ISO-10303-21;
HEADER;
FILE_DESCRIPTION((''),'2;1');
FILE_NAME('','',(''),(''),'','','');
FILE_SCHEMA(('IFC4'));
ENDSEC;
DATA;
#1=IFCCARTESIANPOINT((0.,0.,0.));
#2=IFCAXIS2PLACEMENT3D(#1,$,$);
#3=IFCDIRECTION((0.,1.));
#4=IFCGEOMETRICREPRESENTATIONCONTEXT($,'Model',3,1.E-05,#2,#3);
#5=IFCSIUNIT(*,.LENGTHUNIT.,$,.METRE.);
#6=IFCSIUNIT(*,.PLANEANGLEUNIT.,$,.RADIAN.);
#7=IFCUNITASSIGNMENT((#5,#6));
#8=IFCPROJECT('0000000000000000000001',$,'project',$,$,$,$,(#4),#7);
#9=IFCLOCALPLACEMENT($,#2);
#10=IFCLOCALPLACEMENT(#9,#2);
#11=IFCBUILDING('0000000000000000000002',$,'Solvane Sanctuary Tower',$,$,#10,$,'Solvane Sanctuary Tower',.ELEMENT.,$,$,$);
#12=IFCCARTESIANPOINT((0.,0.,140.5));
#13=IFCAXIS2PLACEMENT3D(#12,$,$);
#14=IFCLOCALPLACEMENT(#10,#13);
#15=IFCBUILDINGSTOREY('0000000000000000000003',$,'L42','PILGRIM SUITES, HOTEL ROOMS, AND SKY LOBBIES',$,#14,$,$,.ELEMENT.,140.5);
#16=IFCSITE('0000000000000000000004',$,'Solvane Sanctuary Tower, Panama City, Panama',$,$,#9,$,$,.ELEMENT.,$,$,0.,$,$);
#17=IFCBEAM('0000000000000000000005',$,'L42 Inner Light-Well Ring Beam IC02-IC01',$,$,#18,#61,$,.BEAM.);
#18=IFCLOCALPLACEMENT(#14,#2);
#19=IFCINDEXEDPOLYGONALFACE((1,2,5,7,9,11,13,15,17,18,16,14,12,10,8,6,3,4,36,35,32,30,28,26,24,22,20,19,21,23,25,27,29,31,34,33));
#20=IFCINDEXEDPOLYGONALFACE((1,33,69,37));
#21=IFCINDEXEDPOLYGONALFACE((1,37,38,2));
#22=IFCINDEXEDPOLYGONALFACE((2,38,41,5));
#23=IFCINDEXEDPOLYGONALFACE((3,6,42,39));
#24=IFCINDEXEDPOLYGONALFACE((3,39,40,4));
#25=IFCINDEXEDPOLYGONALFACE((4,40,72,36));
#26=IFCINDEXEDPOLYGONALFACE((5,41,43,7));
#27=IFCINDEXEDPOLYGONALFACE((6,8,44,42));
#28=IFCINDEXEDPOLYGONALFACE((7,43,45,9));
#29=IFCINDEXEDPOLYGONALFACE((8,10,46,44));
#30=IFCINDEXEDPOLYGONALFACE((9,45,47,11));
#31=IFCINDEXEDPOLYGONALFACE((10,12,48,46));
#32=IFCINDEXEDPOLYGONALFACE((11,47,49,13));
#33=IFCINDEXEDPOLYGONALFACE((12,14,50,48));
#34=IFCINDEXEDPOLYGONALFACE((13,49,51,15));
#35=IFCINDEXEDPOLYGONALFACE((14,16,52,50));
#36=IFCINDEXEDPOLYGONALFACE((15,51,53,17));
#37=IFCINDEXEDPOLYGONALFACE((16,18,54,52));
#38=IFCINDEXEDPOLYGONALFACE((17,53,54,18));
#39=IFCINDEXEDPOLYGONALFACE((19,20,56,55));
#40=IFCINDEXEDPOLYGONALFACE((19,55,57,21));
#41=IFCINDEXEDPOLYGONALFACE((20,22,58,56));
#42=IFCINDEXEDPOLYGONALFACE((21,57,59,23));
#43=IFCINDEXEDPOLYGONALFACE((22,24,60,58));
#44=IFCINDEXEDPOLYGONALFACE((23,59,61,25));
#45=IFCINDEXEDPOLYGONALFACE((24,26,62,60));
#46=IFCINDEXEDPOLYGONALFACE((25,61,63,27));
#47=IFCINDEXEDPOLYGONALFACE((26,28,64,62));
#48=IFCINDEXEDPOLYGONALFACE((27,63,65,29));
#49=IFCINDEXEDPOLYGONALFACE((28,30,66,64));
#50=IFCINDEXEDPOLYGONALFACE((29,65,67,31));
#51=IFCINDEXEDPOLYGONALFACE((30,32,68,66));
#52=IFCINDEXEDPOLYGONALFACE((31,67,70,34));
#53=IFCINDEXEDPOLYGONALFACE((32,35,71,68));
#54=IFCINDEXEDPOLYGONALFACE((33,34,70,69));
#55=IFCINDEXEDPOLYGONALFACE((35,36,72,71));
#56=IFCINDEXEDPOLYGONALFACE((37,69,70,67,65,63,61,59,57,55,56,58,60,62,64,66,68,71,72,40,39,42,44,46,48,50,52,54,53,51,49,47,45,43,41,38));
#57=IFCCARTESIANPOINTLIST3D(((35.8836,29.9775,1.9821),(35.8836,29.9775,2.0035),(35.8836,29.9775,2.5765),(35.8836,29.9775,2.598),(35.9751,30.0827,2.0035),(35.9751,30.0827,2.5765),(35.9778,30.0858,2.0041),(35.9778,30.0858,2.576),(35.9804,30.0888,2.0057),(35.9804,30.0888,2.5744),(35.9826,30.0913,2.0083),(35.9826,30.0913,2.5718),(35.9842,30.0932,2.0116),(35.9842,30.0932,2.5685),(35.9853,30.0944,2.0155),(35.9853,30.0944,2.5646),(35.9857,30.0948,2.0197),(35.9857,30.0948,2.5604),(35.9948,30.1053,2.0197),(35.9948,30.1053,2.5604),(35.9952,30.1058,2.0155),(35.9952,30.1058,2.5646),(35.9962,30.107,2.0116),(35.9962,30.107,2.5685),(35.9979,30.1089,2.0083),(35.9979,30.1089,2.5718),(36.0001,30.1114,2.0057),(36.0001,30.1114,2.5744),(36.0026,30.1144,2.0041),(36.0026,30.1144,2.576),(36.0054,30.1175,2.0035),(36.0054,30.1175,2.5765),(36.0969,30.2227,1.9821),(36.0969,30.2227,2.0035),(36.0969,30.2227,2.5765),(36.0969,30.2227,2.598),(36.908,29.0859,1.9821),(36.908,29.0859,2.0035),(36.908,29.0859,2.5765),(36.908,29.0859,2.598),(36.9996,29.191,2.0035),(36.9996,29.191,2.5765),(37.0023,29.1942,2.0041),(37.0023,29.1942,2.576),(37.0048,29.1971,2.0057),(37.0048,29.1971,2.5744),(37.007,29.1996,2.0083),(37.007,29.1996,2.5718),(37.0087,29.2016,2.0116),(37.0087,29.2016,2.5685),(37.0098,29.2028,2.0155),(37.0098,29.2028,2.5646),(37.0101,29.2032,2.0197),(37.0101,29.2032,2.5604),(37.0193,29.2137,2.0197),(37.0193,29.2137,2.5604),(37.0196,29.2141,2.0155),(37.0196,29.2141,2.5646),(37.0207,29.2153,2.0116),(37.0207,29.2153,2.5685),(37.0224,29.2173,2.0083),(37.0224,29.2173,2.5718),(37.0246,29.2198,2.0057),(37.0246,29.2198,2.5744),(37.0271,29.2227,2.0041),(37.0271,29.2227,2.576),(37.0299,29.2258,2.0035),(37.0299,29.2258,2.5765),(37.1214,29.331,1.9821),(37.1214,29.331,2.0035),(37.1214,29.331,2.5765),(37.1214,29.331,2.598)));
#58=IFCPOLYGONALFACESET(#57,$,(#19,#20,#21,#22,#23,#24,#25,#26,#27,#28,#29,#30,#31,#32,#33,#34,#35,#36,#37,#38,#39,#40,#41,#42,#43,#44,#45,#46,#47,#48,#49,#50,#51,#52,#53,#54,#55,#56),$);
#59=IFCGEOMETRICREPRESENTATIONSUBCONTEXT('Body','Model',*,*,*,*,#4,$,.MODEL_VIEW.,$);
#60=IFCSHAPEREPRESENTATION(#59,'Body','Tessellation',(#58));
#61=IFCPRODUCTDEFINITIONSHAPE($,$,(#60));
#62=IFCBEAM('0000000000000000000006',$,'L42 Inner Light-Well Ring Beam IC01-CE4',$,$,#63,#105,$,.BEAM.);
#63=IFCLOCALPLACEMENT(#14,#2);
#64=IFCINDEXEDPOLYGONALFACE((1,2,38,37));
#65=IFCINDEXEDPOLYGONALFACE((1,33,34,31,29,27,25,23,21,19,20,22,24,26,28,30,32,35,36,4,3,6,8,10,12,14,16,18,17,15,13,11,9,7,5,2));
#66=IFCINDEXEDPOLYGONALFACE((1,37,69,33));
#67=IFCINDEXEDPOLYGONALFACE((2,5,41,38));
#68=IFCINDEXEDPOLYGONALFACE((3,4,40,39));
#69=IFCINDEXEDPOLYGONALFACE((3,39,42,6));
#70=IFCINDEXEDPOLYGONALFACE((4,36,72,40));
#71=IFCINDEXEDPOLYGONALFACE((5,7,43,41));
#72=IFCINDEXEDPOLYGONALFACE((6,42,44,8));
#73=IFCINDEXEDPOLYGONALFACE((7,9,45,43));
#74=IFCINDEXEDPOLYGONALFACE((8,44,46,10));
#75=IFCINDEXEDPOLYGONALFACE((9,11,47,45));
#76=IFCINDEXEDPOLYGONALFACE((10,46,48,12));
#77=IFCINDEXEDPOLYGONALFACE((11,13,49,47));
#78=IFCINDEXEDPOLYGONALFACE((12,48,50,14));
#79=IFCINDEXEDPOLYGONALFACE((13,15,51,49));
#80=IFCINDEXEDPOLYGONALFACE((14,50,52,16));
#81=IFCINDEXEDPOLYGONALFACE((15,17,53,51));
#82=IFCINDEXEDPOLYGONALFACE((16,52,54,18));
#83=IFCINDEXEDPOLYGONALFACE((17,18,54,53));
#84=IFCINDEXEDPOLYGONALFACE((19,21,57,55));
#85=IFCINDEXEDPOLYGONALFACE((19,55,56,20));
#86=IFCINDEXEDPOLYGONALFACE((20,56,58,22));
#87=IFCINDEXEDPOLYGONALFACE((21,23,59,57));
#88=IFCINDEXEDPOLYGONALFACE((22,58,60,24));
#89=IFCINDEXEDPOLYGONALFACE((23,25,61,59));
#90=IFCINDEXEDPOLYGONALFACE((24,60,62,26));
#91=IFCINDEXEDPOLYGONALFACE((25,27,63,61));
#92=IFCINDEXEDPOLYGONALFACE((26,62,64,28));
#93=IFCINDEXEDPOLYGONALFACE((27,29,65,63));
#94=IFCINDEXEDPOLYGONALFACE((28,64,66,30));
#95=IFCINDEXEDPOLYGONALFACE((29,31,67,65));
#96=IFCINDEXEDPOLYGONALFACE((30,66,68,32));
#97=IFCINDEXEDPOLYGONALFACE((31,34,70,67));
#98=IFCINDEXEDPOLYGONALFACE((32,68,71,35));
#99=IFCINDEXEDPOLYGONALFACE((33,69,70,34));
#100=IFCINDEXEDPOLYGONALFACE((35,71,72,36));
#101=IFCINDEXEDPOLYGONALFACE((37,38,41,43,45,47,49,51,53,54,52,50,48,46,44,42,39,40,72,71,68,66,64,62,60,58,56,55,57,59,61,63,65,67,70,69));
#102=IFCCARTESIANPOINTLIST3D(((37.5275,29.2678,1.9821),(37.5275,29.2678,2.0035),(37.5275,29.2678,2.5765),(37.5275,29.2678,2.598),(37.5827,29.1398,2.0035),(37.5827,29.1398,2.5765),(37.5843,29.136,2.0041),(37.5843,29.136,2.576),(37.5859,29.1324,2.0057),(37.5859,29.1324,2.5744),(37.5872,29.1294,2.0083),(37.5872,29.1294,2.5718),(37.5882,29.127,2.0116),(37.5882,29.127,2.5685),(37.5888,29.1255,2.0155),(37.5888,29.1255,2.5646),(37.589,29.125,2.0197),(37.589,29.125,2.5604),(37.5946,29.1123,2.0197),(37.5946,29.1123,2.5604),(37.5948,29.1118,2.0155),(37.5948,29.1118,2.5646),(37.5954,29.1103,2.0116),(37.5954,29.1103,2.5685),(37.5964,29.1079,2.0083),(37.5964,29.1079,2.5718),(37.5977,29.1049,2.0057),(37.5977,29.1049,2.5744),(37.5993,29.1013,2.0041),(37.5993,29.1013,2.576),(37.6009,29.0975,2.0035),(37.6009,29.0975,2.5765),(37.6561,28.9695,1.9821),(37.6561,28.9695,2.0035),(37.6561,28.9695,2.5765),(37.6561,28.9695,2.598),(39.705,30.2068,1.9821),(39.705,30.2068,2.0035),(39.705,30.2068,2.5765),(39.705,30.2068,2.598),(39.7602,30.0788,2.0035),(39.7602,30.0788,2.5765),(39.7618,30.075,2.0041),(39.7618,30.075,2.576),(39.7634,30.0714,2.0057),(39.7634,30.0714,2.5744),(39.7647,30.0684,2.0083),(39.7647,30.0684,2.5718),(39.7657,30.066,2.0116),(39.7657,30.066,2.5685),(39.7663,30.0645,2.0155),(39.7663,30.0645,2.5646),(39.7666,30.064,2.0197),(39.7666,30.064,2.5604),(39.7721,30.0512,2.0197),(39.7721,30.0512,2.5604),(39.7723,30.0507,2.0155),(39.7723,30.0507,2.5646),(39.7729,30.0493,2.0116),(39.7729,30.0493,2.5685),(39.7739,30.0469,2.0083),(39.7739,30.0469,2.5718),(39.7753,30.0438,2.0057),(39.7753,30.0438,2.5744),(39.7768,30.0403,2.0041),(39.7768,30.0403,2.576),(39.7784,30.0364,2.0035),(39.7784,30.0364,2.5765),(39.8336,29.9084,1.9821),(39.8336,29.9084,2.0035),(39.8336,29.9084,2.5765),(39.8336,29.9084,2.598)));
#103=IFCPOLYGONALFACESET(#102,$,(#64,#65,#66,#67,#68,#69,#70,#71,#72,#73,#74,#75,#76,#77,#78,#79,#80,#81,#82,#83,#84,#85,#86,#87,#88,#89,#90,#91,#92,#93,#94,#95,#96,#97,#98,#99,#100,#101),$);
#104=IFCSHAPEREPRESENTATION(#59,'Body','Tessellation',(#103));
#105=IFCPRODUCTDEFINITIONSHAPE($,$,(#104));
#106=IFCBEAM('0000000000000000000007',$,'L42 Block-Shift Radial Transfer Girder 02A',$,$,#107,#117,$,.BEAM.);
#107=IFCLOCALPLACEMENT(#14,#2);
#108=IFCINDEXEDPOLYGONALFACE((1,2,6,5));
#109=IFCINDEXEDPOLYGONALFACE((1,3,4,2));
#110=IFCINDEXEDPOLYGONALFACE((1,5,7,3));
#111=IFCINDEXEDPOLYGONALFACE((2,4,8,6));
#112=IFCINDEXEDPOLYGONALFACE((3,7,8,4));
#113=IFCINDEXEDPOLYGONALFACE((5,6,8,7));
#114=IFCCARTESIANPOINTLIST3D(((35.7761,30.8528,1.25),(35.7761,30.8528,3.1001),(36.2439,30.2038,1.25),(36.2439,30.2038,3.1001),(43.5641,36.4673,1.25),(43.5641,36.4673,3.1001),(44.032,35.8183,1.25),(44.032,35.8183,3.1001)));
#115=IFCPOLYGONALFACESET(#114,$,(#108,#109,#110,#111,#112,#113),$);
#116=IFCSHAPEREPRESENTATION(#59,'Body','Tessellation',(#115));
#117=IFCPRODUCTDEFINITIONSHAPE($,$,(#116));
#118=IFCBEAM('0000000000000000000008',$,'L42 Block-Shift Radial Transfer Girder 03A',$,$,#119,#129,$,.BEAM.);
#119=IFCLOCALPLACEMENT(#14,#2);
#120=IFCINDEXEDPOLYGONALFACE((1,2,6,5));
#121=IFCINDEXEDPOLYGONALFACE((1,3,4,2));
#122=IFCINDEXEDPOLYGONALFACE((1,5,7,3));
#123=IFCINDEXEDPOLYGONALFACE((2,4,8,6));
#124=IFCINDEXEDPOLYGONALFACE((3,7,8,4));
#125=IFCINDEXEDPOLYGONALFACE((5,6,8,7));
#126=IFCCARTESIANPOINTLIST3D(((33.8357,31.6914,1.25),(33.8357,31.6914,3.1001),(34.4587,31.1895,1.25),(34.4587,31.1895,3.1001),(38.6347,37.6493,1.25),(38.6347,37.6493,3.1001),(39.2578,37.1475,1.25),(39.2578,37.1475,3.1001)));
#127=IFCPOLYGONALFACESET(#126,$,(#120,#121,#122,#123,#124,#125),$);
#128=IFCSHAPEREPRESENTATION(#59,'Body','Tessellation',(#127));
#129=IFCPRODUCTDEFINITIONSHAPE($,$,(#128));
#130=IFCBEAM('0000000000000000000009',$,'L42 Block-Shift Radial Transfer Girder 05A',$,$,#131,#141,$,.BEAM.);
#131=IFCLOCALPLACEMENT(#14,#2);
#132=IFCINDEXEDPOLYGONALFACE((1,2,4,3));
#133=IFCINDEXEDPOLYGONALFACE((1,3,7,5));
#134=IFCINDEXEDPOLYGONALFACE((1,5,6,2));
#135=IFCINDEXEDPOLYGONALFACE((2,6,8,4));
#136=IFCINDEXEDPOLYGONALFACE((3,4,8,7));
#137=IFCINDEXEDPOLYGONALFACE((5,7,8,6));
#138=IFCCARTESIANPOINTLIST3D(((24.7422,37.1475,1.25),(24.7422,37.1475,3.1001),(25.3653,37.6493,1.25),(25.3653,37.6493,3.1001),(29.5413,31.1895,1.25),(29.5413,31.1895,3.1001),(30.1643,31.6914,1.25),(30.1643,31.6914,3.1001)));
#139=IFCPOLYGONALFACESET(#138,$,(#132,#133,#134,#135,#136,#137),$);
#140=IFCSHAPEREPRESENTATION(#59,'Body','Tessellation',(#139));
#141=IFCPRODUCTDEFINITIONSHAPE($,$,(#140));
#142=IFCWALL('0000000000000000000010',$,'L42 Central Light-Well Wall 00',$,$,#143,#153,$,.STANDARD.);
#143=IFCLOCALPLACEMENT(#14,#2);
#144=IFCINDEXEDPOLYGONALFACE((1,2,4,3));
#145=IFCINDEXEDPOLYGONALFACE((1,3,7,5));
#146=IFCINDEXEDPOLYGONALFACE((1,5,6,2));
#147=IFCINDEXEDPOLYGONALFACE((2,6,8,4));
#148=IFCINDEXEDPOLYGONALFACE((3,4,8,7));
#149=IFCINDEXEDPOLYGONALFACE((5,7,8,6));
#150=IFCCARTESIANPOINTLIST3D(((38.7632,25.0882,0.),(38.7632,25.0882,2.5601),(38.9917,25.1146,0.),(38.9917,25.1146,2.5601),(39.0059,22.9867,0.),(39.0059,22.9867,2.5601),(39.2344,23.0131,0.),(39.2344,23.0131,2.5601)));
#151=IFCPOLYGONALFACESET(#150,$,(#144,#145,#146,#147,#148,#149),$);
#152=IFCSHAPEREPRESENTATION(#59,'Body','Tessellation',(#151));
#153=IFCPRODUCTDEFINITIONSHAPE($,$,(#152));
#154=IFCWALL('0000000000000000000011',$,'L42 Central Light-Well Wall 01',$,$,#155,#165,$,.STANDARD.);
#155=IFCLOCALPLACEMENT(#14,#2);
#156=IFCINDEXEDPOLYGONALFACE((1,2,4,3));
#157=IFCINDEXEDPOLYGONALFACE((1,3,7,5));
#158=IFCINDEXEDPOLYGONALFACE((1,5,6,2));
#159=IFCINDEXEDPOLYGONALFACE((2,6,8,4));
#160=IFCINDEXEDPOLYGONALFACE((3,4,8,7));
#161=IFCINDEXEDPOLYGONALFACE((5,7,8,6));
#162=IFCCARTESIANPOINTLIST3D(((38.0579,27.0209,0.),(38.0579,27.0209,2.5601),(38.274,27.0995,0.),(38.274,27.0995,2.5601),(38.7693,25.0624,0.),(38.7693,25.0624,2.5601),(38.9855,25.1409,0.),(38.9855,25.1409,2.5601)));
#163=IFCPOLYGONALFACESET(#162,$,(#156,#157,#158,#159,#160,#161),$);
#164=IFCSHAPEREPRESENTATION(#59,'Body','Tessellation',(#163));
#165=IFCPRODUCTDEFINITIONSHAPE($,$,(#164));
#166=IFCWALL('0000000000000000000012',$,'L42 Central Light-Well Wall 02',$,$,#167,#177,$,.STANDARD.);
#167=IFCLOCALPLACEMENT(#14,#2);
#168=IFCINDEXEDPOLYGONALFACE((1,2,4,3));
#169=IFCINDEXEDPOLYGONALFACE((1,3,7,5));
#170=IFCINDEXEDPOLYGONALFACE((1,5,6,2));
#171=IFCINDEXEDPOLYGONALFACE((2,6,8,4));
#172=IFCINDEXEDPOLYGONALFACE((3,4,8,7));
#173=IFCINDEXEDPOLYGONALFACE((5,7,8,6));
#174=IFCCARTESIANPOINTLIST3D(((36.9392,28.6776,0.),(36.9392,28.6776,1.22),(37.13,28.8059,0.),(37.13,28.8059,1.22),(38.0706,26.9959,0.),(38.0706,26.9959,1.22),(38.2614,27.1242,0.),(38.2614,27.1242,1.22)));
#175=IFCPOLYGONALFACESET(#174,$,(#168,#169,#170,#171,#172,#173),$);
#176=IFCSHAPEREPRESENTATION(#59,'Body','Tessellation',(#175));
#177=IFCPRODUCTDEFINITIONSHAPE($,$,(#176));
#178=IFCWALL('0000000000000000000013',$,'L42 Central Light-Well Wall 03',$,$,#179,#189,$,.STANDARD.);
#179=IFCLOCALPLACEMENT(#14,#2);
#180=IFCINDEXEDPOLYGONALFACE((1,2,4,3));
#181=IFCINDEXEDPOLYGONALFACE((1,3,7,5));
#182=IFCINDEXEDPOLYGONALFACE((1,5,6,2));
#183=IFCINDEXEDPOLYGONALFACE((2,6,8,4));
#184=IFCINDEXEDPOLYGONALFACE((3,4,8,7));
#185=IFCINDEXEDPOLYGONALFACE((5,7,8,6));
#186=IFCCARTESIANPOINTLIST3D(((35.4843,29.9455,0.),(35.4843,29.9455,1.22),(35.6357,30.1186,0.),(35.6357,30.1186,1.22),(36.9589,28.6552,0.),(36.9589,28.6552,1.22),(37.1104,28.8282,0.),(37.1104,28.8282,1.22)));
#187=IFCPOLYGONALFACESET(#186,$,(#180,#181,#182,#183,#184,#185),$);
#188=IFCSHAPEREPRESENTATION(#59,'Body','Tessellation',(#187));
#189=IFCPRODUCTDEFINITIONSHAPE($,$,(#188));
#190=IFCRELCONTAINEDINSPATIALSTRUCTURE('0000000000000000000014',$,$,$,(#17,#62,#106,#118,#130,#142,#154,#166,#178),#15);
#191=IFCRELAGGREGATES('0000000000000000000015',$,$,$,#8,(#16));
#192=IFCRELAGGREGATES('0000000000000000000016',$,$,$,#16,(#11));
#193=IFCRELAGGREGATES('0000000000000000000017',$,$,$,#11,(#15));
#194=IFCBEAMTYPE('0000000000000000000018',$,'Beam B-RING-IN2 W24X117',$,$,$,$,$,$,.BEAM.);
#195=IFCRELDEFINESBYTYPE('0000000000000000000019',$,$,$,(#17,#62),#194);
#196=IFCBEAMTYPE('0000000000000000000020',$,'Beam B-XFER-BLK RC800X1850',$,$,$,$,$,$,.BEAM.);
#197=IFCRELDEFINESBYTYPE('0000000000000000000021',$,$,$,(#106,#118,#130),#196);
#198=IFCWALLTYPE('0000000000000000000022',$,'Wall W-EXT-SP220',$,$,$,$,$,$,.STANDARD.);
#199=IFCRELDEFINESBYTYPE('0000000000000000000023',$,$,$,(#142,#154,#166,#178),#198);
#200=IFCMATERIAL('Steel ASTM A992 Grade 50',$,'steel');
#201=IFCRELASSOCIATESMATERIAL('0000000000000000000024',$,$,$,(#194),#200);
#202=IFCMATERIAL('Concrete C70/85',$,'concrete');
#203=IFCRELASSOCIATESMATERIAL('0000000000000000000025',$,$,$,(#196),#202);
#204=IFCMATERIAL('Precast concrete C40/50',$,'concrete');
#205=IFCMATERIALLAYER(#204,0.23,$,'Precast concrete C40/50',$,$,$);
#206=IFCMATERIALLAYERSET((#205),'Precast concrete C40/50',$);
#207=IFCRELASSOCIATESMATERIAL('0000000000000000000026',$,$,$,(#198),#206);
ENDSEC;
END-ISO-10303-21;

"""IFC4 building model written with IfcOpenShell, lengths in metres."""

from ifc_helpers import new_model, si_unit, direction, frame, frame_2d, origin, origin_2d, place, context, subcontext, project, spatial, rectangle, i_section, extrude, material, layer, layer_set, material_profile, profile_set, type_object, element, save


model = new_model("IFC4")

# Units and contexts
model_context = context("Model", 3, precision=1e-05, world=origin(), true_north=direction((0.0, 1.0)))
body_context = subcontext(model_context, "Body", "Model", "MODEL_VIEW")
ifc_project = project(units=[si_unit("LENGTHUNIT", "METRE"), si_unit("PLANEANGLEUNIT", "RADIAN")], contexts=[model_context])

# Site, building, storey
site_placement = place(None, origin())
site = spatial("IfcSite", under=ifc_project, at=site_placement, Name="Solvane Sanctuary Tower, Panama City, Panama", CompositionType="ELEMENT", RefElevation=0.0)
building_placement = place(site_placement, origin())
building = spatial("IfcBuilding", under=site, at=building_placement, Name="Solvane Sanctuary Tower", LongName="Solvane Sanctuary Tower", CompositionType="ELEMENT")
storey_placement = place(building_placement, frame((0.0, 0.0, 140.5)))
storey = spatial("IfcBuildingStorey", under=building, at=storey_placement, Name="L42", Description="PILGRIM SUITES, HOTEL ROOMS, AND SKY LOBBIES", CompositionType="ELEMENT", Elevation=140.5)

# Beams
ifc_material_1 = material(Name="Steel ASTM A992 Grade 50", Category="steel")
ifc_material_profile_1 = material_profile(ifc_material_1, i_section(OverallWidth=0.325, OverallDepth=0.616, WebThickness=0.0139, FlangeThickness=0.0215, FilletRadius=0.0161, at=origin_2d()), Name="W24X117")
ifc_profile_set_1 = profile_set([ifc_material_profile_1], Name="Steel ASTM A992 Grade 50")
beam_type_1 = type_object("IfcBeamType", Name="Beam B-RING-IN2 W24X117", PredefinedType="BEAM", material=ifc_profile_set_1)
beam_1_placement = place(storey_placement, frame((35.9902, 30.1001, 2.29), z_axis=(0.754311, -0.656517, 0.0), x_axis=(0.656517, 0.754311, 0.0)))
element("IfcBeam", 1, at=beam_1_placement, inside=storey, type_object=beam_type_1, Name="L42 Inner Light-Well Ring Beam IC02-IC01", PredefinedType="BEAM", context=body_context, shape_type="SweptSolid", body=[
    extrude(i_section(OverallWidth=0.325, OverallDepth=0.616, WebThickness=0.0139, FlangeThickness=0.0215, FilletRadius=0.0161, at=origin_2d()), origin(), (0.0, 0.0, 1.0), 1.3582),
])
beam_2_placement = place(storey_placement, frame((37.5918, 29.1187, 2.29), z_axis=(0.918264, 0.395969, 0.0), x_axis=(-0.395969, 0.918264, 0.0)))
element("IfcBeam", 2, at=beam_2_placement, inside=storey, type_object=beam_type_1, Name="L42 Inner Light-Well Ring Beam IC01-CE4", PredefinedType="BEAM", context=body_context, shape_type="SweptSolid", body=[
    extrude(i_section(OverallWidth=0.325, OverallDepth=0.616, WebThickness=0.0139, FlangeThickness=0.0215, FilletRadius=0.0161, at=origin_2d()), origin(), (0.0, 0.0, 1.0), 2.3713),
])
ifc_material_2 = material(Name="Concrete C70/85", Category="concrete")
ifc_material_profile_2 = material_profile(ifc_material_2, rectangle(XDim=0.8, YDim=1.8501, at=origin_2d()), Name="RC800X1850")
ifc_profile_set_2 = profile_set([ifc_material_profile_2], Name="Concrete C70/85")
beam_type_2 = type_object("IfcBeamType", Name="Beam B-XFER-BLK RC800X1850", PredefinedType="BEAM", material=ifc_profile_set_2)
beam_3_placement = place(storey_placement, frame((36.01, 30.5283, 2.175), z_axis=(0.811185, 0.58479, 0.0), x_axis=(-0.58479, 0.811185, 0.0)))
element("IfcBeam", 3, at=beam_3_placement, inside=storey, type_object=beam_type_2, Name="L42 Block-Shift Radial Transfer Girder 02A", PredefinedType="BEAM", context=body_context, shape_type="SweptSolid", body=[
    extrude(rectangle(XDim=0.8, YDim=1.8501, at=origin_2d()), origin(), (0.0, 0.0, 1.0), 9.6008),
])
for number, where, z_axis, x_axis, name in (
    (4, (34.1472, 31.4404, 2.175), (0.627295, 0.778782, 0.0), (-0.778782, 0.627295, 0.0), "L42 Block-Shift Radial Transfer Girder 03A"),
    (5, (29.8528, 31.4404, 2.175), (-0.627295, 0.778782, 0.0), (-0.778782, -0.627295, 0.0), "L42 Block-Shift Radial Transfer Girder 05A"),
):
    element("IfcBeam", number, at=place(storey_placement, frame(where, z_axis=z_axis, x_axis=x_axis)), inside=storey, type_object=beam_type_2, Name=name, PredefinedType="BEAM", context=body_context, shape_type="SweptSolid", body=[
        extrude(rectangle(XDim=0.8, YDim=1.8501, at=origin_2d()), origin(), (0.0, 0.0, 1.0), 7.6504),
    ])

# Walls
ifc_material_3 = material(Name="Precast concrete C40/50", Category="concrete")
ifc_layer = layer(ifc_material_3, 0.23, Name="Precast concrete C40/50")
ifc_layer_set = layer_set([ifc_layer], Name="Precast concrete C40/50")
wall_type = type_object("IfcWallType", Name="Wall W-EXT-SP220", PredefinedType="STANDARD", material=ifc_layer_set)
wall_1_placement = place(storey_placement, frame((39.1201, 23.0, 0.0), z_axis=(0.0, 0.0, 1.0), x_axis=(-0.114712, 0.993399, 0.0)))
element("IfcWall", 6, at=wall_1_placement, inside=storey, type_object=wall_type, Name="L42 Central Light-Well Wall 00", PredefinedType="STANDARD", context=body_context, shape_type="SweptSolid", body=[
    extrude(rectangle(XDim=2.1155, YDim=0.23, at=frame_2d((1.0576, 0.0))), origin(), (0.0, 0.0, 1.0), 2.5601),
])
wall_2_placement = place(storey_placement, frame((38.8774, 25.1016, 0.0), z_axis=(0.0, 0.0, 1.0), x_axis=(-0.341423, 0.93991, 0.0)))
element("IfcWall", 7, at=wall_2_placement, inside=storey, type_object=wall_type, Name="L42 Central Light-Well Wall 01", PredefinedType="STANDARD", context=body_context, shape_type="SweptSolid", body=[
    extrude(rectangle(XDim=2.0837, YDim=0.23, at=frame_2d((1.042, 0.0))), origin(), (0.0, 0.0, 1.0), 2.5601),
])
wall_3_placement = place(storey_placement, frame((38.166, 27.0601, 0.0), z_axis=(0.0, 0.0, 1.0), x_axis=(-0.558198, 0.829708, 0.0)))
element("IfcWall", 8, at=wall_3_placement, inside=storey, type_object=wall_type, Name="L42 Central Light-Well Wall 02", PredefinedType="STANDARD", context=body_context, shape_type="SweptSolid", body=[
    extrude(rectangle(XDim=2.0269, YDim=0.23, at=frame_2d((1.0134, 0.0))), origin(), (0.0, 0.0, 1.0), 1.22),
])
wall_4_placement = place(storey_placement, frame((37.0347, 28.7417, 0.0), z_axis=(0.0, 0.0, 1.0), x_axis=(-0.752577, 0.658505, 0.0)))
element("IfcWall", 9, at=wall_4_placement, inside=storey, type_object=wall_type, Name="L42 Central Light-Well Wall 03", PredefinedType="STANDARD", context=body_context, shape_type="SweptSolid", body=[
    extrude(rectangle(XDim=1.9595, YDim=0.23, at=frame_2d((0.9797, 0.0))), origin(), (0.0, 0.0, 1.0), 1.22),
])

save(model, "model.ifc")
